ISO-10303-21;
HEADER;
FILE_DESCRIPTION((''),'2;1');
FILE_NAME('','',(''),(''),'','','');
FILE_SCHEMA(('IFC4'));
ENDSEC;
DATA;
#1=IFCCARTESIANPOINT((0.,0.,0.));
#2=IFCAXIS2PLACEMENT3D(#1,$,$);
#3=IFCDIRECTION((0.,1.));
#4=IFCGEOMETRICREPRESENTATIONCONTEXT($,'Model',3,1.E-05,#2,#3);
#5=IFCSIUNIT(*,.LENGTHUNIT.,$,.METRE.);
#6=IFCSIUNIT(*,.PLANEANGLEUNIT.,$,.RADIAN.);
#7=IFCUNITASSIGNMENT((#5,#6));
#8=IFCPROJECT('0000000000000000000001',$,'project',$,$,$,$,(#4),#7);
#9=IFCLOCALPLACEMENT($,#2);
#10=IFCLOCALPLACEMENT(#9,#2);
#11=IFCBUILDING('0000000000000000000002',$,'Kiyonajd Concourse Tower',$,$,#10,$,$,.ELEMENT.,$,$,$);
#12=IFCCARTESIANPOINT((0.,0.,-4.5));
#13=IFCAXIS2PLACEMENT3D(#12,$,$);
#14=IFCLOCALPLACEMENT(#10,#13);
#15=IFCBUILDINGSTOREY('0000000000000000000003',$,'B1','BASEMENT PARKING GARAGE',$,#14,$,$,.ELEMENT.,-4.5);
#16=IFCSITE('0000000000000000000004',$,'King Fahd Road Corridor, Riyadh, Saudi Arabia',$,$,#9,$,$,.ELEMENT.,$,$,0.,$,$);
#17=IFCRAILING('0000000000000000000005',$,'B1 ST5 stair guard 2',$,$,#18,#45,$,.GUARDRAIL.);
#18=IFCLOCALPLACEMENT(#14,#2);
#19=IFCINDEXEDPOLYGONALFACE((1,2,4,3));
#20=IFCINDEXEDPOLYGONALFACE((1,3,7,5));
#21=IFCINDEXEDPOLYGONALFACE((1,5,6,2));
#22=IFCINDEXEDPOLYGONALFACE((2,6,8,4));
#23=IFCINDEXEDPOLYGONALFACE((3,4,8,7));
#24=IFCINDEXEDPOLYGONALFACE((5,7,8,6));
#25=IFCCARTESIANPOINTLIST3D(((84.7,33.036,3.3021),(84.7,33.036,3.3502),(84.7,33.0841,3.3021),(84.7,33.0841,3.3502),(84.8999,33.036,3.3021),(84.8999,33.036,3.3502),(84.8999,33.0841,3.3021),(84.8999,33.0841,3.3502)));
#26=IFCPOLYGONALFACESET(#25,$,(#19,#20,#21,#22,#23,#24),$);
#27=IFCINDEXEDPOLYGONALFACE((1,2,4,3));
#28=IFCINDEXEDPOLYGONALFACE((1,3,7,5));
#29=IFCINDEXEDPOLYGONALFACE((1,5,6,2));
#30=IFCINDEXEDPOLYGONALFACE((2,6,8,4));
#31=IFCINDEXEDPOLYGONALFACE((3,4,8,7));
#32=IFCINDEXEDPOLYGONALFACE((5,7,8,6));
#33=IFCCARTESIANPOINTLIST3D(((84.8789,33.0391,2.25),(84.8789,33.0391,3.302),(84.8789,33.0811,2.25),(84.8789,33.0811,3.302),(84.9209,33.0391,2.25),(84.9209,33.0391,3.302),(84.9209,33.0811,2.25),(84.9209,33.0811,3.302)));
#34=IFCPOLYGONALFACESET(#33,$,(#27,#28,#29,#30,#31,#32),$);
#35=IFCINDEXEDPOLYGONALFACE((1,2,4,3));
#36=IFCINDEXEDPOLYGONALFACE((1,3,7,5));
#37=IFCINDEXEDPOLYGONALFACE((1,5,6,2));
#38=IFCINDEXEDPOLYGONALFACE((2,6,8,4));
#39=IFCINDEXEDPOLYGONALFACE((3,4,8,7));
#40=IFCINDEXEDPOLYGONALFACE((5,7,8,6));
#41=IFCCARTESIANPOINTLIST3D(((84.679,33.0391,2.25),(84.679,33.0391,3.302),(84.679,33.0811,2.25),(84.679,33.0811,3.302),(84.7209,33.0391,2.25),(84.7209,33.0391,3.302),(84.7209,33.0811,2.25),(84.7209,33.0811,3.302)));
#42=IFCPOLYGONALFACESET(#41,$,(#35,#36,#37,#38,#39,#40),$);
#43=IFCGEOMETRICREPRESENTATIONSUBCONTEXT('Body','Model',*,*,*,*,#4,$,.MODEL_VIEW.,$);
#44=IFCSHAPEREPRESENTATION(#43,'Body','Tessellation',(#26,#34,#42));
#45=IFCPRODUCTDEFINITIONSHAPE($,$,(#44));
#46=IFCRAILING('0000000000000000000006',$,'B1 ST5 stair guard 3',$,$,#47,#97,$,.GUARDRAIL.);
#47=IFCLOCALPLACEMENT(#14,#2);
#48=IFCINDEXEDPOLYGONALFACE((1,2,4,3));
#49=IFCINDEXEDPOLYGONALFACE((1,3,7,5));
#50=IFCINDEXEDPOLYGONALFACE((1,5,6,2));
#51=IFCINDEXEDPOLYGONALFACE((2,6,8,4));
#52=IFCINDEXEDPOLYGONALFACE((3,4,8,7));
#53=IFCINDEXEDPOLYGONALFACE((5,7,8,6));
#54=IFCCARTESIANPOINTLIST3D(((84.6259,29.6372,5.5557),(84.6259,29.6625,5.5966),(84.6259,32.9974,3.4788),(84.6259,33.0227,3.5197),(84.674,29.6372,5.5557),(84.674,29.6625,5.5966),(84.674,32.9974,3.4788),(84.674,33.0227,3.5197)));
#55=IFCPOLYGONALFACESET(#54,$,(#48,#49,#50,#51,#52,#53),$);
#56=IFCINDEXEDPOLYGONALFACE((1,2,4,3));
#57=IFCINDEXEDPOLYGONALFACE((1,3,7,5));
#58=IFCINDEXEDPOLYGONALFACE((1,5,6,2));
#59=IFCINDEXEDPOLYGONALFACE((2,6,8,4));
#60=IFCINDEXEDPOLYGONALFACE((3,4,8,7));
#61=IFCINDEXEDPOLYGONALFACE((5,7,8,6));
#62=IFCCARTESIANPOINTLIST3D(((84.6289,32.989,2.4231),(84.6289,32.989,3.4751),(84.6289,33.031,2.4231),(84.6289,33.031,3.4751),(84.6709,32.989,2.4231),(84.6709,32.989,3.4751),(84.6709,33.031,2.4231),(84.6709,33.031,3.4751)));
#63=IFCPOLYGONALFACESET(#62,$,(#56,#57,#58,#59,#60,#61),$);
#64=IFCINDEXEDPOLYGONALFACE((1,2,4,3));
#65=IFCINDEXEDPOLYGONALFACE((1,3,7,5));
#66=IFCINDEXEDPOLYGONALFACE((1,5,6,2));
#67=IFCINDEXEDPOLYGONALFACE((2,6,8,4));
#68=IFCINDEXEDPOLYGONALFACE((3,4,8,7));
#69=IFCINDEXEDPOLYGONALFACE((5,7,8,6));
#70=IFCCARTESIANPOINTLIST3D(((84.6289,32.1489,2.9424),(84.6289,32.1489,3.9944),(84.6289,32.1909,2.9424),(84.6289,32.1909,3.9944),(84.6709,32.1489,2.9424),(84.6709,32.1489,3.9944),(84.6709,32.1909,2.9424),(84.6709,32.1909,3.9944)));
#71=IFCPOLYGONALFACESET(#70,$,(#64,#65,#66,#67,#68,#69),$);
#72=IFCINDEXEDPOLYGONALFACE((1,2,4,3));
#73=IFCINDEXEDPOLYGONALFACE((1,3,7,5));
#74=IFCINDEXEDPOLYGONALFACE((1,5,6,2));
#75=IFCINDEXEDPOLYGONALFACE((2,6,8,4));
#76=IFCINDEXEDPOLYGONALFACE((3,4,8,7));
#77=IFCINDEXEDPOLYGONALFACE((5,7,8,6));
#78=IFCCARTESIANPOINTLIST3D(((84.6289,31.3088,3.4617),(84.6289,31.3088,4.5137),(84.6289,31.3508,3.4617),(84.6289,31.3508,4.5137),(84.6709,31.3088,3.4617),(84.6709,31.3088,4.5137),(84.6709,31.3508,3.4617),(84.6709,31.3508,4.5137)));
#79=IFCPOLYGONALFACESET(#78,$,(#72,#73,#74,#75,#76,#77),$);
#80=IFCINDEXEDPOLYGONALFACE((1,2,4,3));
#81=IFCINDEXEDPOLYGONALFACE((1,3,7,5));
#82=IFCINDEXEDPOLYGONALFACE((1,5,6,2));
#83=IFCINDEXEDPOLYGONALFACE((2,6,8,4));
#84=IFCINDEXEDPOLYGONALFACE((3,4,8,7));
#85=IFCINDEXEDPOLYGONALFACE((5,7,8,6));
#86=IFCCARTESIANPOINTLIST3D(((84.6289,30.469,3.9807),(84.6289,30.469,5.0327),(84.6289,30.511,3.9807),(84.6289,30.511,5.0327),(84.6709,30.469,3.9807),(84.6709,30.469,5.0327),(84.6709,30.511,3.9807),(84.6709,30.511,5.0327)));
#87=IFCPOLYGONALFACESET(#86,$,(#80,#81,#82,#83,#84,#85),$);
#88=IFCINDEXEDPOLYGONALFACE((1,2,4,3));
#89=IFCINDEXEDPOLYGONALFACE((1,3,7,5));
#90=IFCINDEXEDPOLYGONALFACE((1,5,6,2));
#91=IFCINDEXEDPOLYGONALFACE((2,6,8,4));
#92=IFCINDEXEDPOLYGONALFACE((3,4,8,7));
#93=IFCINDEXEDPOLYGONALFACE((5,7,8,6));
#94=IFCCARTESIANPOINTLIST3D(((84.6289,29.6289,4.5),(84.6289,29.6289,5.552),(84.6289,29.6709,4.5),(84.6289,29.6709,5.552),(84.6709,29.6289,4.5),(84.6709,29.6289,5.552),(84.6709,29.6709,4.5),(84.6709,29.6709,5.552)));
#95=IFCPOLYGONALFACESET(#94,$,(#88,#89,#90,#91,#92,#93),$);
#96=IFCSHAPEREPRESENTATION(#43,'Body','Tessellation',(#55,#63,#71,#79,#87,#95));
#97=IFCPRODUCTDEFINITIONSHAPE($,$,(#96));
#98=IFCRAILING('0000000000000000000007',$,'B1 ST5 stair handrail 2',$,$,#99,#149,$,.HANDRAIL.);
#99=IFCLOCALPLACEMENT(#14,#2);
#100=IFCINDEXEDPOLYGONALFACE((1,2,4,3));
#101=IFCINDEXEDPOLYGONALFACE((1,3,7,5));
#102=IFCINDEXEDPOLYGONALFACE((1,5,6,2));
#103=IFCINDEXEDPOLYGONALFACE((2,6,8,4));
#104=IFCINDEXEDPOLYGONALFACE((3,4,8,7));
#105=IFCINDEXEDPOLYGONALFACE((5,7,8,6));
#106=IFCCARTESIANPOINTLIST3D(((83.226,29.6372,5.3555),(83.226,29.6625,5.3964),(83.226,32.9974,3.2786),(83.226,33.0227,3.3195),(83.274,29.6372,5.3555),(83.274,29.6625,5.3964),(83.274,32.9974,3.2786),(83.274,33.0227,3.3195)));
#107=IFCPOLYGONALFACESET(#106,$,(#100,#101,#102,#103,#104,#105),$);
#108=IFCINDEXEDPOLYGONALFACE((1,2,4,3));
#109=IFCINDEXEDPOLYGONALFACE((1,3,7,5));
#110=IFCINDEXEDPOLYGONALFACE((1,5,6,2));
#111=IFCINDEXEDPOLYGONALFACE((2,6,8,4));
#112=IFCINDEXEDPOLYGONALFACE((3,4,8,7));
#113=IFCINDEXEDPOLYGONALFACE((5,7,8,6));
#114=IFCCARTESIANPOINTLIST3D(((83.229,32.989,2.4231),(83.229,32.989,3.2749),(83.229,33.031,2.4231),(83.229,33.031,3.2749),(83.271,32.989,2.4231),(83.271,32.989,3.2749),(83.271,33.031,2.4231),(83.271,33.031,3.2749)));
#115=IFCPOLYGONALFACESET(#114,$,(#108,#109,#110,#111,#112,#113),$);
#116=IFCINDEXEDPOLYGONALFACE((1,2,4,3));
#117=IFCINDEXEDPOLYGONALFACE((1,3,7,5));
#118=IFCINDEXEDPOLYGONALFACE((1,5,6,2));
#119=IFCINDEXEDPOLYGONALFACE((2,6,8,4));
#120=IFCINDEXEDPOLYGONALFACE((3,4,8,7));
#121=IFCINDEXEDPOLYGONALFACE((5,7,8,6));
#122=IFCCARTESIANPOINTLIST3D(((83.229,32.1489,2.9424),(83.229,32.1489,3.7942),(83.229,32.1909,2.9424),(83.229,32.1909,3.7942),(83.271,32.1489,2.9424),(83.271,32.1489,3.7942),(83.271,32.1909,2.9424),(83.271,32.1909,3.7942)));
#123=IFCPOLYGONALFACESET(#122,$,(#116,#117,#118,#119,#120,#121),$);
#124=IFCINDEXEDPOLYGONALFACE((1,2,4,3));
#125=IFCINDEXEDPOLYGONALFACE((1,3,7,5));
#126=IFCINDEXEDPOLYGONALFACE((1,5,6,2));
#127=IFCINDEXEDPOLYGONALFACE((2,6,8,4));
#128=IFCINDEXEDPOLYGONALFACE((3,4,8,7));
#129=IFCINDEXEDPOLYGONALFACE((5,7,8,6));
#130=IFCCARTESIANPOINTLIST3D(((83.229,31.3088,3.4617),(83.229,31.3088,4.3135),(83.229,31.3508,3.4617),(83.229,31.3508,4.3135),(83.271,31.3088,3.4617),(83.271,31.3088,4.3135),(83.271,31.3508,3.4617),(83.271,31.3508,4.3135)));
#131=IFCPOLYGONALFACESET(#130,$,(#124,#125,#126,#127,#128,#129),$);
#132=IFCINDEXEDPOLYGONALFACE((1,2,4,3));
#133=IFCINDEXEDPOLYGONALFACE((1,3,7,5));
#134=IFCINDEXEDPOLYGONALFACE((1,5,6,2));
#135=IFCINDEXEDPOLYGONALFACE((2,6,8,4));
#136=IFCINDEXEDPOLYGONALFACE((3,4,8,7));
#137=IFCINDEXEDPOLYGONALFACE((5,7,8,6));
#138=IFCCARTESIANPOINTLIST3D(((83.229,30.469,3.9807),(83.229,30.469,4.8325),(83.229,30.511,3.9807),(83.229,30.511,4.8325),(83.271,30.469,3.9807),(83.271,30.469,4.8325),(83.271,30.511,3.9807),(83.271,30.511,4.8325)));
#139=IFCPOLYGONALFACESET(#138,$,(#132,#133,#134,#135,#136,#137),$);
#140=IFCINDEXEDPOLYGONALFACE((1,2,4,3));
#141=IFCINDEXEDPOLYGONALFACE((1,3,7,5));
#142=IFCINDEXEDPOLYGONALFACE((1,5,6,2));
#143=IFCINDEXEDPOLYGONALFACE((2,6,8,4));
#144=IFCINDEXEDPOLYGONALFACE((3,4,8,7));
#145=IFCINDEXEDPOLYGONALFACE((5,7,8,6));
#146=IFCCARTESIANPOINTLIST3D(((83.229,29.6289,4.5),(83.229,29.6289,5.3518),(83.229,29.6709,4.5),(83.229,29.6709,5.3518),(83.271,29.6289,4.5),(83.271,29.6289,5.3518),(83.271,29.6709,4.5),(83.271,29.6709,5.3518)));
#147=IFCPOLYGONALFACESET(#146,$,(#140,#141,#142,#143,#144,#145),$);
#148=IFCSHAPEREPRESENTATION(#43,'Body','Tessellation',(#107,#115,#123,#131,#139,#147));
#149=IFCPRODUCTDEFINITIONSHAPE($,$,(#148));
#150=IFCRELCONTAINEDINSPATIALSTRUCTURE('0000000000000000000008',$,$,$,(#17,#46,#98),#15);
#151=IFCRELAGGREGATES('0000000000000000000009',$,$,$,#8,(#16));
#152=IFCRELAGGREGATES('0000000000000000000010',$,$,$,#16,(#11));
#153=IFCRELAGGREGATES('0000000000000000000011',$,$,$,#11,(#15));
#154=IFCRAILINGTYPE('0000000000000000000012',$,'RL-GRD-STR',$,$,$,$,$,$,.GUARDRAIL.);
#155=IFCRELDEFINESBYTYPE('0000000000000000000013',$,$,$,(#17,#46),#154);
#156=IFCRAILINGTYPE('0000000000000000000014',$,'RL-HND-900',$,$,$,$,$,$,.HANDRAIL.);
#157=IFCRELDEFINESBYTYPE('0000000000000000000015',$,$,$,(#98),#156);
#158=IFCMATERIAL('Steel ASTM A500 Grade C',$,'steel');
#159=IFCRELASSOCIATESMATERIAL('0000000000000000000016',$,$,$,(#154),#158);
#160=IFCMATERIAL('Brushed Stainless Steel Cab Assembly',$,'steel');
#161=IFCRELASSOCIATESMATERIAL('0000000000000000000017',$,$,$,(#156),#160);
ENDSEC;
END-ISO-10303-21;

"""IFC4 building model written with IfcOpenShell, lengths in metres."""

from ifc_helpers import new_model, si_unit, direction, frame, origin, origin_2d, place, context, subcontext, project, spatial, rectangle, extrude, material, type_object, element, save


model = new_model("IFC4")

# Units and contexts
model_context = context("Model", 3, precision=1e-05, world=origin(), true_north=direction((0.0, 1.0)))
body_context = subcontext(model_context, "Body", "Model", "MODEL_VIEW")
ifc_project = project(units=[si_unit("LENGTHUNIT", "METRE"), si_unit("PLANEANGLEUNIT", "RADIAN")], contexts=[model_context])

# Site, building, storey
site_placement = place(None, origin())
site = spatial("IfcSite", under=ifc_project, at=site_placement, Name="King Fahd Road Corridor, Riyadh, Saudi Arabia", CompositionType="ELEMENT", RefElevation=0.0)
building_placement = place(site_placement, origin())
building = spatial("IfcBuilding", under=site, at=building_placement, Name="Kiyonajd Concourse Tower", CompositionType="ELEMENT")
storey_placement = place(building_placement, frame((0.0, 0.0, -4.5)))
storey = spatial("IfcBuildingStorey", under=building, at=storey_placement, Name="B1", Description="BASEMENT PARKING GARAGE", CompositionType="ELEMENT", Elevation=-4.5)

# Shared definitions
ifc_material_1 = material(Name="Brushed Stainless Steel Cab Assembly", Category="steel")

# Railings
ifc_material_2 = material(Name="Steel ASTM A500 Grade C", Category="steel")
railing_type_1 = type_object("IfcRailingType", Name="RL-GRD-STR", PredefinedType="GUARDRAIL", material=ifc_material_2)
railing_1_placement = place(storey_placement, frame((84.8999, 33.0601, 2.25)))
element("IfcRailing", 1, at=railing_1_placement, inside=storey, type_object=railing_type_1, Name="B1 ST5 stair guard 2", PredefinedType="GUARDRAIL", context=body_context, shape_type="SweptSolid", body=[
    extrude(rectangle(XDim=0.0481, YDim=0.0481, at=origin_2d()), frame((0.0, 0.0, 1.0762), z_axis=(-1.0, 0.0, 0.0), x_axis=(0.0, -1.0, 0.0)), (0.0, 0.0, 1.0), 0.2),
    extrude(rectangle(XDim=0.042, YDim=0.042, at=origin_2d()), origin(), (0.0, 0.0, 1.0), 1.052),
    extrude(rectangle(XDim=0.042, YDim=0.042, at=origin_2d()), frame((-0.2, 0.0, 0.0)), (0.0, 0.0, 1.0), 1.052),
])
railing_2_placement = place(storey_placement, frame((84.6499, 33.01, 2.4231)))
element("IfcRailing", 2, at=railing_2_placement, inside=storey, type_object=railing_type_1, Name="B1 ST5 stair guard 3", PredefinedType="GUARDRAIL", context=body_context, shape_type="SweptSolid", body=[
    extrude(rectangle(XDim=0.0481, YDim=0.0481, at=origin_2d()), frame((0.0, 0.0, 1.0762), z_axis=(0.0, -0.850623, 0.525776), x_axis=(1.0, 0.0, 0.0)), (0.0, 0.0, 1.0), 3.9502),
    extrude(rectangle(XDim=0.042, YDim=0.042, at=origin_2d()), origin(), (0.0, 0.0, 1.0), 1.052),
    extrude(rectangle(XDim=0.042, YDim=0.042, at=origin_2d()), frame((0.0, -0.8401, 0.5193)), (0.0, 0.0, 1.0), 1.052),
    extrude(rectangle(XDim=0.042, YDim=0.042, at=origin_2d()), frame((0.0, -1.6802, 1.0386)), (0.0, 0.0, 1.0), 1.052),
    extrude(rectangle(XDim=0.042, YDim=0.042, at=origin_2d()), frame((0.0, -2.52, 1.5576)), (0.0, 0.0, 1.0), 1.052),
    extrude(rectangle(XDim=0.042, YDim=0.042, at=origin_2d()), frame((0.0, -3.3601, 2.0769)), (0.0, 0.0, 1.0), 1.052),
])
railing_type_2 = type_object("IfcRailingType", Name="RL-HND-900", PredefinedType="HANDRAIL", material=ifc_material_1)
railing_3_placement = place(storey_placement, frame((83.25, 33.01, 2.4231)))
element("IfcRailing", 3, at=railing_3_placement, inside=storey, type_object=railing_type_2, Name="B1 ST5 stair handrail 2", PredefinedType="HANDRAIL", context=body_context, shape_type="SweptSolid", body=[
    extrude(rectangle(XDim=0.0481, YDim=0.0481, at=origin_2d()), frame((0.0, 0.0, 0.876), z_axis=(0.0, -0.850623, 0.525776), x_axis=(1.0, 0.0, 0.0)), (0.0, 0.0, 1.0), 3.9502),
    extrude(rectangle(XDim=0.042, YDim=0.042, at=origin_2d()), origin(), (0.0, 0.0, 1.0), 0.8518),
    extrude(rectangle(XDim=0.042, YDim=0.042, at=origin_2d()), frame((0.0, -0.8401, 0.5193)), (0.0, 0.0, 1.0), 0.8518),
    extrude(rectangle(XDim=0.042, YDim=0.042, at=origin_2d()), frame((0.0, -1.6802, 1.0386)), (0.0, 0.0, 1.0), 0.8518),
    extrude(rectangle(XDim=0.042, YDim=0.042, at=origin_2d()), frame((0.0, -2.52, 1.5576)), (0.0, 0.0, 1.0), 0.8518),
    extrude(rectangle(XDim=0.042, YDim=0.042, at=origin_2d()), frame((0.0, -3.3601, 2.0769)), (0.0, 0.0, 1.0), 0.8518),
])

save(model, "model.ifc")
